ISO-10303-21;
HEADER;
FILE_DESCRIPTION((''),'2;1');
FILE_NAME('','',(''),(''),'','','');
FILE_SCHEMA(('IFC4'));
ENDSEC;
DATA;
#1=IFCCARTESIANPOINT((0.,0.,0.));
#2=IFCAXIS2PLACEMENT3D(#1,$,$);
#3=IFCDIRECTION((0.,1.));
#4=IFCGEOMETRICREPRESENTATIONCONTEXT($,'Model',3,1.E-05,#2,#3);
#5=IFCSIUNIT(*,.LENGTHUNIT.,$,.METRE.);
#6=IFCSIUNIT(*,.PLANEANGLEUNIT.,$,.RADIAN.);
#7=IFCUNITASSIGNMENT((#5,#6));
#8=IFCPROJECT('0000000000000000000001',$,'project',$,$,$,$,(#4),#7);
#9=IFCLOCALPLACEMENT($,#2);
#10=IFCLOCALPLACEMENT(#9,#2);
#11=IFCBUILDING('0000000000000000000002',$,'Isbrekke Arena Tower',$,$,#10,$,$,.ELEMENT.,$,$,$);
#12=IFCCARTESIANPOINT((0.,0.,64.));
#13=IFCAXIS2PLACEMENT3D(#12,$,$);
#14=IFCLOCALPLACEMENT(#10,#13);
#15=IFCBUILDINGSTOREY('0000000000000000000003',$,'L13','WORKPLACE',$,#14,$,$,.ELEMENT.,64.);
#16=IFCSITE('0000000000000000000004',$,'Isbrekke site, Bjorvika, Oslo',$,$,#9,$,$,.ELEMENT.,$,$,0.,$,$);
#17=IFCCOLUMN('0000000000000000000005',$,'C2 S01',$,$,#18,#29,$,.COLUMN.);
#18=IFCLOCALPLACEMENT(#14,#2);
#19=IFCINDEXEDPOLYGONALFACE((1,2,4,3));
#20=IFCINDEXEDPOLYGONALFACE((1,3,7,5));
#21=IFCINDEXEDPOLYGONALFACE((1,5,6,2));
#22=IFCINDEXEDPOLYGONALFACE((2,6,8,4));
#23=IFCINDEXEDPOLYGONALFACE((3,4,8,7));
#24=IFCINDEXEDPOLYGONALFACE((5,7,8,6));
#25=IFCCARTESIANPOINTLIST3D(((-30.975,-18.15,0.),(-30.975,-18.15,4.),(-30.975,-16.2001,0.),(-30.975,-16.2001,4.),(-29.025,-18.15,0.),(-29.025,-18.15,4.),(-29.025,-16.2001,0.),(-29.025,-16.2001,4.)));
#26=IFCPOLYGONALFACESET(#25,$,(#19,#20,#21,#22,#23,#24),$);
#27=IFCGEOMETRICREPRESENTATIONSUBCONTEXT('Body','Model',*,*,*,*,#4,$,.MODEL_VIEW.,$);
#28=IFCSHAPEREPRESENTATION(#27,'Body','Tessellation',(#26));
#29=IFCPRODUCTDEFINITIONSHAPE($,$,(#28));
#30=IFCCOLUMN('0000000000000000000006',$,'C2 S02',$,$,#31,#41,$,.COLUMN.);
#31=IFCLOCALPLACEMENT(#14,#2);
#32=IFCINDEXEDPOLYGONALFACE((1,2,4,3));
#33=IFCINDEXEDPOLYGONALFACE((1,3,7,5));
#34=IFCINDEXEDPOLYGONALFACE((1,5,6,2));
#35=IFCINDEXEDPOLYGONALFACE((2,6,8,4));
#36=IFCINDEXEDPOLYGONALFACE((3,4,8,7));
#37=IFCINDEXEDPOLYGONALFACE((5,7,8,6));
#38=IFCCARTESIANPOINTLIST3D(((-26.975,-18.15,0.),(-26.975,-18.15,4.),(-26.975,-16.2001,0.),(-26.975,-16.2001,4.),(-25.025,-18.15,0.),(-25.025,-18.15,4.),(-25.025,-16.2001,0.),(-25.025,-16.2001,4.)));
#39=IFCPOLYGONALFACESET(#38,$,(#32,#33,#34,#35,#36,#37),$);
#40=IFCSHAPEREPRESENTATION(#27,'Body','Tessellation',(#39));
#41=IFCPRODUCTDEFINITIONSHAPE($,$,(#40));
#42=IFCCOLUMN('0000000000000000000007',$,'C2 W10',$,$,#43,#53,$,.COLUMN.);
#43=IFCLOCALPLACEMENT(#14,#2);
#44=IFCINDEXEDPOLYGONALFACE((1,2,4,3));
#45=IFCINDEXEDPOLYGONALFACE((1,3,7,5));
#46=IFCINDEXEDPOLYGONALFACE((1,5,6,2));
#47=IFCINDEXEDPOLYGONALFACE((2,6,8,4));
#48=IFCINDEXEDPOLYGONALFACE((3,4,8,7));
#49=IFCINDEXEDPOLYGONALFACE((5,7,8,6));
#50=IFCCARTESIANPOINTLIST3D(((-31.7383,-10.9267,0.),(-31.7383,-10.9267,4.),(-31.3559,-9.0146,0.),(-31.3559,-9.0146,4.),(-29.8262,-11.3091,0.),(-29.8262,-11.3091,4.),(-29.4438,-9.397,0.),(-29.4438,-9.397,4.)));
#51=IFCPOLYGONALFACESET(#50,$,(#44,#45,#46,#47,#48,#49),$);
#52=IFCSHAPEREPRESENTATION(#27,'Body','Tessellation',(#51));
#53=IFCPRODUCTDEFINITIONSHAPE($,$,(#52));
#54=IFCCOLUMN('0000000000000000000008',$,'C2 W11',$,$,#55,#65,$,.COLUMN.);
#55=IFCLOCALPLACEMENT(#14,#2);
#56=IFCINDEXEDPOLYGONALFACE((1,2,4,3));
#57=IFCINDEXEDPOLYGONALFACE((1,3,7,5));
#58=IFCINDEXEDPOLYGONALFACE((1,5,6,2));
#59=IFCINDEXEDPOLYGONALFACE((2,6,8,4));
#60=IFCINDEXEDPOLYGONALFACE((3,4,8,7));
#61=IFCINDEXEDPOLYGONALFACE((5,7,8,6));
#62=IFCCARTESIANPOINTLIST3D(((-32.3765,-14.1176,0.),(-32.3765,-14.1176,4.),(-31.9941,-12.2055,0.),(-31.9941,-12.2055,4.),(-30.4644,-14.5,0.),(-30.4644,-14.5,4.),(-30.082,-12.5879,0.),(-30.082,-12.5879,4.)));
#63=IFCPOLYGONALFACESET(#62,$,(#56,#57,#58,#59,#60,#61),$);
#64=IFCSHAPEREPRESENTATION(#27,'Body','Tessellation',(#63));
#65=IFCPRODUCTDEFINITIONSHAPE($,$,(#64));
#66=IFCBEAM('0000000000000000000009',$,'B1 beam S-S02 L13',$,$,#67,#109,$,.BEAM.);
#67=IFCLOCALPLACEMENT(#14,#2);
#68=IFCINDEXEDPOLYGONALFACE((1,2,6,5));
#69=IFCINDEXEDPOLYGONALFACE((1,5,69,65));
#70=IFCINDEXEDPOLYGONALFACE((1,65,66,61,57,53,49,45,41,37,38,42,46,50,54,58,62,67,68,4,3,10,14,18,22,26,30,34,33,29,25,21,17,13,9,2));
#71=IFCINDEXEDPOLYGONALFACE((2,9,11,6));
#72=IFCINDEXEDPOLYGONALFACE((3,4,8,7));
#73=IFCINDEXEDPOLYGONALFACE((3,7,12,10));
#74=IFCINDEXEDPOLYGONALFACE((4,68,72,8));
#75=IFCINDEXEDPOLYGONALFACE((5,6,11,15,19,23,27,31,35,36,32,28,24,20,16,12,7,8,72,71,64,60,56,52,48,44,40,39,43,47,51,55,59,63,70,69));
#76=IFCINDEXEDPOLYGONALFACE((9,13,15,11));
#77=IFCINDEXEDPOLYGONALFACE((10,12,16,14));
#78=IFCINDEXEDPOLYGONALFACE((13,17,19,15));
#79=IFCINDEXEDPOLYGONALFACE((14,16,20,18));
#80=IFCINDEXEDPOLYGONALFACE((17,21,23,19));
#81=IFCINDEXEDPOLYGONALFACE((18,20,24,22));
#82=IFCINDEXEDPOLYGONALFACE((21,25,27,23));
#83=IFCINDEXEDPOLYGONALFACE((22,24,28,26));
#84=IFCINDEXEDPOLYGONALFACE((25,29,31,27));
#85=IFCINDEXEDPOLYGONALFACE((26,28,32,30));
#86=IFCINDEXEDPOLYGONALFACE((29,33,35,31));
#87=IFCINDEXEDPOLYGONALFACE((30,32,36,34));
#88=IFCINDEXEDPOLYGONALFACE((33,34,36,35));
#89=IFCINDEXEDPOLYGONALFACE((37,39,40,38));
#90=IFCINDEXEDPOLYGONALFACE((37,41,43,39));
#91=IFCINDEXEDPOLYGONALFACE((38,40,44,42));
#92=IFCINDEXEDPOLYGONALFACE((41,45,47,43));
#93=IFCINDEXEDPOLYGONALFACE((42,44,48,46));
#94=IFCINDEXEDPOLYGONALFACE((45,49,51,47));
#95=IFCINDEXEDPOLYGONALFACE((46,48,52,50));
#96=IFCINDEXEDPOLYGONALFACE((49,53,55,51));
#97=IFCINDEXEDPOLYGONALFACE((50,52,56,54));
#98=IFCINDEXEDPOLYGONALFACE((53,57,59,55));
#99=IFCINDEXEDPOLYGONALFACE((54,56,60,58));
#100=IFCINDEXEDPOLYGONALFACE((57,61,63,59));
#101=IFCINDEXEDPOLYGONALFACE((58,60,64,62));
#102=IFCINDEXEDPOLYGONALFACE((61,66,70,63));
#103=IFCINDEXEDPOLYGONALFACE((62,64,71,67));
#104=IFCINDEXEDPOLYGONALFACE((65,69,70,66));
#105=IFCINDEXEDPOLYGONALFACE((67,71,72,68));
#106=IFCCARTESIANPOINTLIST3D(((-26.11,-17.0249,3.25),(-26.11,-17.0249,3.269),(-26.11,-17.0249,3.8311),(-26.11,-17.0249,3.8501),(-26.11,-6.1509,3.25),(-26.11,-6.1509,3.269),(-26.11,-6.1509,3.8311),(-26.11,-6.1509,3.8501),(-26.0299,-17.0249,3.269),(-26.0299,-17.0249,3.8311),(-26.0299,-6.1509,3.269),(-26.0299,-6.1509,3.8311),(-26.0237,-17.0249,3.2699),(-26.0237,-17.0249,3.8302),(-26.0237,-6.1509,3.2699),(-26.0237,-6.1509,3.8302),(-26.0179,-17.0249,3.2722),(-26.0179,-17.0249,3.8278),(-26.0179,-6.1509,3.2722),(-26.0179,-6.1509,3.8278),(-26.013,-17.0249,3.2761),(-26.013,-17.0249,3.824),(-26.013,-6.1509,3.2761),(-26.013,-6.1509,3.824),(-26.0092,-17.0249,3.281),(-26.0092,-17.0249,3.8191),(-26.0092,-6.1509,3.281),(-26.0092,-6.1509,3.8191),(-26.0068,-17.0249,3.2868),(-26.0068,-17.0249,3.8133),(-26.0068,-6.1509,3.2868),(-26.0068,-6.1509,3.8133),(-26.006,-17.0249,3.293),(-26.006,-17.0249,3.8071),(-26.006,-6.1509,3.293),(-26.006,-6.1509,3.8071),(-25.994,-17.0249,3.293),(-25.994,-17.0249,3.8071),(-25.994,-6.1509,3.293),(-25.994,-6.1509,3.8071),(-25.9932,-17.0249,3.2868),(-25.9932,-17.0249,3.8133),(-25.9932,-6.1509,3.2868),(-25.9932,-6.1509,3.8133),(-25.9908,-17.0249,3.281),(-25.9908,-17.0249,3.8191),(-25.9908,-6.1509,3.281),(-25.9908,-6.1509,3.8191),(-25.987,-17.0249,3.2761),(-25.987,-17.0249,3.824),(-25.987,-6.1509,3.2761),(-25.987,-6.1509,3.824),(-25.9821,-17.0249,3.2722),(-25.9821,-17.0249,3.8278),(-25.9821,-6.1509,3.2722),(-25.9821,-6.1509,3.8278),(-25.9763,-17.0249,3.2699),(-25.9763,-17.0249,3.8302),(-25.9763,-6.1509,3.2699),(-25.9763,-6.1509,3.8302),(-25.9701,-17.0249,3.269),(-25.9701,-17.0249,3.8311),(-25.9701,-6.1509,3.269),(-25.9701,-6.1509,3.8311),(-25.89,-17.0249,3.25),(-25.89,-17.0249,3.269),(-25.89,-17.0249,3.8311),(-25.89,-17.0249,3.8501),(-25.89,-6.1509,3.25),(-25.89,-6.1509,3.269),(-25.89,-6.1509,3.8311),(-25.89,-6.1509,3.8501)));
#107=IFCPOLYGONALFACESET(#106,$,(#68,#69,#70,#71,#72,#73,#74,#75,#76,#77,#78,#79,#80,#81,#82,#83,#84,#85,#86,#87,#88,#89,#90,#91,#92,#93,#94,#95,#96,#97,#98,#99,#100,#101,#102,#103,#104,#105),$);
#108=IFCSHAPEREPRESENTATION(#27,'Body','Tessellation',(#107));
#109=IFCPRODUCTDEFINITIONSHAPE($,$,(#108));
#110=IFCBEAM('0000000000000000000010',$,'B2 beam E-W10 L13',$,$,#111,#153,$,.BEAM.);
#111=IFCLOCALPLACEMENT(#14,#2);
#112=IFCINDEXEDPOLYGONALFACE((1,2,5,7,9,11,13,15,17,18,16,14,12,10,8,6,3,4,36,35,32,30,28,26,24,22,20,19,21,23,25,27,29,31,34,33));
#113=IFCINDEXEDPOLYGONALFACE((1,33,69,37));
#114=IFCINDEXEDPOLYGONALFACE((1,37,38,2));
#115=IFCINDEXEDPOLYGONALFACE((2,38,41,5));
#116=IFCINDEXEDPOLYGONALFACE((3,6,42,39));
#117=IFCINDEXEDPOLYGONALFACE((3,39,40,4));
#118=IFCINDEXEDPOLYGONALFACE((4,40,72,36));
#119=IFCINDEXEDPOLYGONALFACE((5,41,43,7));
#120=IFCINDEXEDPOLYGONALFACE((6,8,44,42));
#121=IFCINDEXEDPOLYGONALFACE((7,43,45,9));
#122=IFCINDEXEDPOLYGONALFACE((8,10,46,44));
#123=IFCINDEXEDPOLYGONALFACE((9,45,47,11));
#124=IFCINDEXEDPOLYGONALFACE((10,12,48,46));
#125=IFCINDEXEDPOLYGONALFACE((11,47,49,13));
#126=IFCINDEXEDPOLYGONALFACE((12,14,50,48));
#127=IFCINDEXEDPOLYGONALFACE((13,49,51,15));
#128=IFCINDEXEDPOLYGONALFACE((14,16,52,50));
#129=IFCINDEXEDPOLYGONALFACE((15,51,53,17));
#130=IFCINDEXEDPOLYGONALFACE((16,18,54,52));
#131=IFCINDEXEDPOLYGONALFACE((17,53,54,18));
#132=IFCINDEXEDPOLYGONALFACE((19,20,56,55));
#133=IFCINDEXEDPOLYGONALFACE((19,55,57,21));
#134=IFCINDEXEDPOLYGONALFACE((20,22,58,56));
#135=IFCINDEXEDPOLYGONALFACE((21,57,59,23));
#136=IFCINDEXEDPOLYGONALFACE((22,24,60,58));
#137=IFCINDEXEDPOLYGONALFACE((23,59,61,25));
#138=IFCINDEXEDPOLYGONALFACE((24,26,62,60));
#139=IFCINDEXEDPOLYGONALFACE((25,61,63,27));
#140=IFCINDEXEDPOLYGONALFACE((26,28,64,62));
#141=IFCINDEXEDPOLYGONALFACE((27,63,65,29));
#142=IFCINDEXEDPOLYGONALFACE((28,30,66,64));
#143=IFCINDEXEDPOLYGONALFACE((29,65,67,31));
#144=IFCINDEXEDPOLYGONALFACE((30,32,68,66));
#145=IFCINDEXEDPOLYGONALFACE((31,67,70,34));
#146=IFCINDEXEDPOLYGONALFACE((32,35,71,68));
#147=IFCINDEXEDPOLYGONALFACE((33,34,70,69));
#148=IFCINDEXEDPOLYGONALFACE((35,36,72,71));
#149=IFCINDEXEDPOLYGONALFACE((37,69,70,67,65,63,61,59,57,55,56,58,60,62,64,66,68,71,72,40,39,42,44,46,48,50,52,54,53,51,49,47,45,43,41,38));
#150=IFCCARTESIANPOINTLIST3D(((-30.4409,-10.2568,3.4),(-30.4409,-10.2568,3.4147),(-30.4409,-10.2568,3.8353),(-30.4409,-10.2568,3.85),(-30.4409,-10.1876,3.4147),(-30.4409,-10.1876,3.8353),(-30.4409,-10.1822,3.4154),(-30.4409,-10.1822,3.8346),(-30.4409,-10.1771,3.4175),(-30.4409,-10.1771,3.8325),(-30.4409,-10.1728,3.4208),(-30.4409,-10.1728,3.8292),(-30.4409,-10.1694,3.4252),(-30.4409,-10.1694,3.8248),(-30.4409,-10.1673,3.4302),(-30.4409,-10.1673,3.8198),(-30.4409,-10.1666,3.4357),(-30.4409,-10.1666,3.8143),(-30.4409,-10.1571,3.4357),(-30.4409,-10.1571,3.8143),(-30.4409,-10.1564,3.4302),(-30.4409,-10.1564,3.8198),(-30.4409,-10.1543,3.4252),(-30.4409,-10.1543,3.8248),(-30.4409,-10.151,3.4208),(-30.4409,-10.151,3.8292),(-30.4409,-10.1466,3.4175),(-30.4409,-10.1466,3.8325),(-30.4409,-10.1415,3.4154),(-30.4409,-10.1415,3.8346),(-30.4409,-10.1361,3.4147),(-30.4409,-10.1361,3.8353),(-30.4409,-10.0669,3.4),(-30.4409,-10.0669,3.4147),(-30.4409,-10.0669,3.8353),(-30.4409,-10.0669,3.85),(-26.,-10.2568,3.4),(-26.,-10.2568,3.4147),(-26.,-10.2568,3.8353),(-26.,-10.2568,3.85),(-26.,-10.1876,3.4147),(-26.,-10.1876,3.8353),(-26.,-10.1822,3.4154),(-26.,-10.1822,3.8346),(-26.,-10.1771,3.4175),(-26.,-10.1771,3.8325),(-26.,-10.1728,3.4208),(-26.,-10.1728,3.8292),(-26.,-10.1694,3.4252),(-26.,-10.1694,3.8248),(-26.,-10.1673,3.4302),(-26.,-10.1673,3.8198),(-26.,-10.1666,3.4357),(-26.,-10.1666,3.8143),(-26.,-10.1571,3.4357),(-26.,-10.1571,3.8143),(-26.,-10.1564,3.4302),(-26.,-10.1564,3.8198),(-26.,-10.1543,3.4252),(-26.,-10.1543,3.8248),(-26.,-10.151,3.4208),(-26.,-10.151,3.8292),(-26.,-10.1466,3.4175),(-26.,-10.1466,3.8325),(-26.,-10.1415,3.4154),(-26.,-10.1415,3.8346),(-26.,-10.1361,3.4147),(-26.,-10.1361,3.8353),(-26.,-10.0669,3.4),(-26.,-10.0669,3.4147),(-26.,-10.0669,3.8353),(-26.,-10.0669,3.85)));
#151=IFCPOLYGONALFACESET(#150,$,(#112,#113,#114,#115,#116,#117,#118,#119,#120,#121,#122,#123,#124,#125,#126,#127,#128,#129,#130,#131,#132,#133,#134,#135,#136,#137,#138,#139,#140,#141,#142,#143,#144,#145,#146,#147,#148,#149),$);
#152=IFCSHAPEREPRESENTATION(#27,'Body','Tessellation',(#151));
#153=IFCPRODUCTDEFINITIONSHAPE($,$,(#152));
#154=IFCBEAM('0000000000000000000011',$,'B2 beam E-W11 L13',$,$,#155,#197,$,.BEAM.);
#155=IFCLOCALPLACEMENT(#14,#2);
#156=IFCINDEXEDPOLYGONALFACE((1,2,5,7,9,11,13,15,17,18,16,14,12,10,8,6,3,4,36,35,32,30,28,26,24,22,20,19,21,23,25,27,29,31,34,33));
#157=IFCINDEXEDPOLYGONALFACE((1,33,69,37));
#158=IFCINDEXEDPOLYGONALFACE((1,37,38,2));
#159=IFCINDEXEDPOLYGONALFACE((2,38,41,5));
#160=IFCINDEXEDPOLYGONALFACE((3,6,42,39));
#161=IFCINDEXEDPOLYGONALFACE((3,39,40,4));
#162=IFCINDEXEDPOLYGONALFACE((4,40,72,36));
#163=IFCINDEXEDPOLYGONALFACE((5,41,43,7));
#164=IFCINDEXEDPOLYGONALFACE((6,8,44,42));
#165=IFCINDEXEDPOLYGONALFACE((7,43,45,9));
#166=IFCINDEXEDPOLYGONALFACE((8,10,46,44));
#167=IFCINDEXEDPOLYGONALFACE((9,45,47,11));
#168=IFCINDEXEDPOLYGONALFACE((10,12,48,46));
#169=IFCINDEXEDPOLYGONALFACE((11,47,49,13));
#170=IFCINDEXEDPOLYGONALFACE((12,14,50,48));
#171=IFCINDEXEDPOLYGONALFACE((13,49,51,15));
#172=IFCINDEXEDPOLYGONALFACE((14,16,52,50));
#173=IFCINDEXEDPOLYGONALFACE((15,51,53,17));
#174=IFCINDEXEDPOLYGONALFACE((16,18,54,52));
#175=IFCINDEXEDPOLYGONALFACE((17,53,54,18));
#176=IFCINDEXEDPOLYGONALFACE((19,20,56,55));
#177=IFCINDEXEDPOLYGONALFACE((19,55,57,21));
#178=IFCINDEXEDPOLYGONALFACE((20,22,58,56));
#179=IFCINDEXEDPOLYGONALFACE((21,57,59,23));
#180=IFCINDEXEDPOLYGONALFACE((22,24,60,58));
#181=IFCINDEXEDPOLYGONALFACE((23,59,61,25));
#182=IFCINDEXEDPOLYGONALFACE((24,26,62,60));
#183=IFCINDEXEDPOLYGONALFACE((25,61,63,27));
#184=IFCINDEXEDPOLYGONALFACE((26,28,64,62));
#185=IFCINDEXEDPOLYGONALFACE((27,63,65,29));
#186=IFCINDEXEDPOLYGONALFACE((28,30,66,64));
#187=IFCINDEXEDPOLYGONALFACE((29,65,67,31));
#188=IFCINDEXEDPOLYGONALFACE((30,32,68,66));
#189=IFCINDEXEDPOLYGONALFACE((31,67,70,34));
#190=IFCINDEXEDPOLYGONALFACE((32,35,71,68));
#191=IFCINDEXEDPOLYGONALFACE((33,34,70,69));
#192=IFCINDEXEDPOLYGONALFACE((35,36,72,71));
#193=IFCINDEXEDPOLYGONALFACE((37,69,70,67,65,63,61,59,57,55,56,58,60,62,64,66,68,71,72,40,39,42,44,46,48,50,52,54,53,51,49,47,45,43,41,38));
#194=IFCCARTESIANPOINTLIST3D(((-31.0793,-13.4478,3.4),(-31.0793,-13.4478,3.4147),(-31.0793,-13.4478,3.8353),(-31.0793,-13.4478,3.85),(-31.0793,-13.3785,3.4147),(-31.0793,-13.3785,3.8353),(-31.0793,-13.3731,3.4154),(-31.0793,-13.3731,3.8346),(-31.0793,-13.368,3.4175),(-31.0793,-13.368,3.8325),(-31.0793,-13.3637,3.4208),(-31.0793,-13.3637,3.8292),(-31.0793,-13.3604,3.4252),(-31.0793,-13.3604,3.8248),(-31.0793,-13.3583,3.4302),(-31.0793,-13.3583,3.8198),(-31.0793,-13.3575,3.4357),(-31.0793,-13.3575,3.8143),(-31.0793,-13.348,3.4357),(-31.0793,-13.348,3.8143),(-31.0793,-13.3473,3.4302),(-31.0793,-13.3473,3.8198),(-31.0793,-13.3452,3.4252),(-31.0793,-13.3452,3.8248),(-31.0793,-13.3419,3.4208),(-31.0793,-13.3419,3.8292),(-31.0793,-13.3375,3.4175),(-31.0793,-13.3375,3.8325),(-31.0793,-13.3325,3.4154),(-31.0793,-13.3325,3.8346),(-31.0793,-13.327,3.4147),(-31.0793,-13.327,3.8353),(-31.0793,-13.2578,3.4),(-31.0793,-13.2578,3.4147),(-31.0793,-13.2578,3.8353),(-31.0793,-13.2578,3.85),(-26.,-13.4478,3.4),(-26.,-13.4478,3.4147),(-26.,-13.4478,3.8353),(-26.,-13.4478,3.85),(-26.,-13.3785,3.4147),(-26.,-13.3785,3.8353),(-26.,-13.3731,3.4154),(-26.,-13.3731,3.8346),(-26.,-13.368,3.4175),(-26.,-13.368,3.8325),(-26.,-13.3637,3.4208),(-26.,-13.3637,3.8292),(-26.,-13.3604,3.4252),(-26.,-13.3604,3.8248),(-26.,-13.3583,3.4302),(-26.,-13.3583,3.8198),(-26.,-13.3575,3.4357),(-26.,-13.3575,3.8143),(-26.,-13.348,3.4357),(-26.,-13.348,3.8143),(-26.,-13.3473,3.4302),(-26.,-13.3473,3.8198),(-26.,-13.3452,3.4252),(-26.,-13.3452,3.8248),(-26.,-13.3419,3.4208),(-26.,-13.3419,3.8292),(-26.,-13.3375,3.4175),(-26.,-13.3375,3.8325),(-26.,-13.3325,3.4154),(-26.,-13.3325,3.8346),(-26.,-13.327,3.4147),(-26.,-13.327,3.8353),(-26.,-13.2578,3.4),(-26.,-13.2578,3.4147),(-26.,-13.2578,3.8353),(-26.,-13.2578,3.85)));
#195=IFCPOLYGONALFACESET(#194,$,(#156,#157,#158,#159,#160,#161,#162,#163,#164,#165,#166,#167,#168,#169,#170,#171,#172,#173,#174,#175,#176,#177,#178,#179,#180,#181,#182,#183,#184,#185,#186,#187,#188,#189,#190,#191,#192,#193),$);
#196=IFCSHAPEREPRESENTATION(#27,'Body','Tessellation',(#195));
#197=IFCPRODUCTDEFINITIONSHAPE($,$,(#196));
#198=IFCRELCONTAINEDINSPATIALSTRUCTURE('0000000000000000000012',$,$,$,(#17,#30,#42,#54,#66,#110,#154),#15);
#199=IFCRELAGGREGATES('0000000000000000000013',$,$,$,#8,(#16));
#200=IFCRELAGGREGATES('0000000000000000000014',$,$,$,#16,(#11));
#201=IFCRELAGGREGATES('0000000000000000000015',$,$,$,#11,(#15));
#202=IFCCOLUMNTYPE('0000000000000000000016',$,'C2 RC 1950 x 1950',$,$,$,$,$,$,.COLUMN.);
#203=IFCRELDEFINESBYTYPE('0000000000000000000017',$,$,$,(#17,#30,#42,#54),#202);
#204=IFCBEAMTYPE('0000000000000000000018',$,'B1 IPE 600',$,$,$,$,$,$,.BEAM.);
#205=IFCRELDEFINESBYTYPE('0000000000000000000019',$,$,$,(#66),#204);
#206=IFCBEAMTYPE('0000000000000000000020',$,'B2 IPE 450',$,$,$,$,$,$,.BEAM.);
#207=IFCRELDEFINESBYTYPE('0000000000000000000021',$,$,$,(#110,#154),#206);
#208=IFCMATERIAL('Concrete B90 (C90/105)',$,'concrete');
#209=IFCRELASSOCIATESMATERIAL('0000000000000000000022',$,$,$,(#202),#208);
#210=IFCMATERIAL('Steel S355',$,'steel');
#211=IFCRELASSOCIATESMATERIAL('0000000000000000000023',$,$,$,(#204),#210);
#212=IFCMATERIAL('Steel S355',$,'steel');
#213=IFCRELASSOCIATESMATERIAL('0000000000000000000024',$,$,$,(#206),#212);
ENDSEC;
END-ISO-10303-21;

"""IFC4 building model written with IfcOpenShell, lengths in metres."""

from ifc_helpers import new_model, si_unit, direction, frame, origin, origin_2d, place, context, subcontext, project, spatial, rectangle, i_section, extrude, material, material_profile, profile_set, type_object, element, save


model = new_model("IFC4")

# Units and contexts
model_context = context("Model", 3, precision=1e-05, world=origin(), true_north=direction((0.0, 1.0)))
body_context = subcontext(model_context, "Body", "Model", "MODEL_VIEW")
ifc_project = project(units=[si_unit("LENGTHUNIT", "METRE"), si_unit("PLANEANGLEUNIT", "RADIAN")], contexts=[model_context])

# Site, building, storey
site_placement = place(None, origin())
site = spatial("IfcSite", under=ifc_project, at=site_placement, Name="Isbrekke site, Bjorvika, Oslo", CompositionType="ELEMENT", RefElevation=0.0)
building_placement = place(site_placement, origin())
building = spatial("IfcBuilding", under=site, at=building_placement, Name="Isbrekke Arena Tower", CompositionType="ELEMENT")
storey_placement = place(building_placement, frame((0.0, 0.0, 64.0)))
storey = spatial("IfcBuildingStorey", under=building, at=storey_placement, Name="L13", Description="WORKPLACE", CompositionType="ELEMENT", Elevation=64.0)

# Columns
ifc_material_1 = material(Name="Concrete B90 (C90/105)", Category="concrete")
ifc_material_profile_1 = material_profile(ifc_material_1, rectangle(XDim=1.95, YDim=1.95, at=origin_2d()), Name="RC 1950x1950")
ifc_profile_set_1 = profile_set([ifc_material_profile_1], Name="Concrete B90 (C90/105)")
column_type = type_object("IfcColumnType", Name="C2 RC 1950 x 1950", PredefinedType="COLUMN", material=ifc_profile_set_1)
for number, where, z_axis, x_axis, name in (
    (1, (-30.0, -17.175, 0.0), (0.0, 0.0, 1.0), (1.0, 0.0, 0.0), "C2 S01"),
    (2, (-26.0, -17.175, 0.0), (0.0, 0.0, 1.0), (1.0, 0.0, 0.0), "C2 S02"),
    (3, (-30.5911, -10.1619, 0.0), (0.0, 0.0, 1.0), (-0.196116, -0.980581, 0.0), "C2 W10"),
    (4, (-31.2292, -13.3528, 0.0), (0.0, 0.0, 1.0), (-0.196116, -0.980581, 0.0), "C2 W11"),
):
    element("IfcColumn", number, at=place(storey_placement, frame(where, z_axis=z_axis, x_axis=x_axis)), inside=storey, type_object=column_type, Name=name, PredefinedType="COLUMN", context=body_context, shape_type="SweptSolid", body=[
        extrude(rectangle(XDim=1.95, YDim=1.95, at=origin_2d()), origin(), (0.0, 0.0, 1.0), 4.0),
    ])

# Beams
ifc_material_2 = material(Name="Steel S355", Category="steel")
ifc_material_profile_2 = material_profile(ifc_material_2, i_section(OverallWidth=0.22, OverallDepth=0.6001, WebThickness=0.012, FlangeThickness=0.019, FilletRadius=0.0239, at=origin_2d()), Name="IPE 600")
ifc_profile_set_2 = profile_set([ifc_material_profile_2], Name="Steel S355")
beam_type_1 = type_object("IfcBeamType", Name="B1 IPE 600", PredefinedType="BEAM", material=ifc_profile_set_2)
beam_1_placement = place(storey_placement, frame((-26.0, -17.0249, 3.55), z_axis=(0.0, 1.0, 0.0), x_axis=(-1.0, 0.0, 0.0)))
element("IfcBeam", 5, at=beam_1_placement, inside=storey, type_object=beam_type_1, Name="B1 beam S-S02 L13", PredefinedType="BEAM", context=body_context, shape_type="SweptSolid", body=[
    extrude(i_section(OverallWidth=0.22, OverallDepth=0.6001, WebThickness=0.012, FlangeThickness=0.019, FilletRadius=0.0239, at=origin_2d()), origin(), (0.0, 0.0, 1.0), 10.874),
])
ifc_material_3 = material(Name="Steel S355", Category="steel")
ifc_material_profile_3 = material_profile(ifc_material_3, i_section(OverallWidth=0.1899, OverallDepth=0.45, WebThickness=0.0095, FlangeThickness=0.0146, FilletRadius=0.021, at=origin_2d()), Name="IPE 450")
ifc_profile_set_3 = profile_set([ifc_material_profile_3], Name="Steel S355")
beam_type_2 = type_object("IfcBeamType", Name="B2 IPE 450", PredefinedType="BEAM", material=ifc_profile_set_3)
beam_2_placement = place(storey_placement, frame((-30.4409, -10.1619, 3.625), z_axis=(1.0, 0.0, 0.0), x_axis=(0.0, 1.0, 0.0)))
element("IfcBeam", 6, at=beam_2_placement, inside=storey, type_object=beam_type_2, Name="B2 beam E-W10 L13", PredefinedType="BEAM", context=body_context, shape_type="SweptSolid", body=[
    extrude(i_section(OverallWidth=0.1899, OverallDepth=0.45, WebThickness=0.0095, FlangeThickness=0.0146, FilletRadius=0.021, at=origin_2d()), origin(), (0.0, 0.0, 1.0), 4.4409),
])
beam_3_placement = place(storey_placement, frame((-31.0793, -13.3528, 3.625), z_axis=(1.0, 0.0, 0.0), x_axis=(0.0, 1.0, 0.0)))
element("IfcBeam", 7, at=beam_3_placement, inside=storey, type_object=beam_type_2, Name="B2 beam E-W11 L13", PredefinedType="BEAM", context=body_context, shape_type="SweptSolid", body=[
    extrude(i_section(OverallWidth=0.1899, OverallDepth=0.45, WebThickness=0.0095, FlangeThickness=0.0146, FilletRadius=0.021, at=origin_2d()), origin(), (0.0, 0.0, 1.0), 5.0793),
])

save(model, "model.ifc")
